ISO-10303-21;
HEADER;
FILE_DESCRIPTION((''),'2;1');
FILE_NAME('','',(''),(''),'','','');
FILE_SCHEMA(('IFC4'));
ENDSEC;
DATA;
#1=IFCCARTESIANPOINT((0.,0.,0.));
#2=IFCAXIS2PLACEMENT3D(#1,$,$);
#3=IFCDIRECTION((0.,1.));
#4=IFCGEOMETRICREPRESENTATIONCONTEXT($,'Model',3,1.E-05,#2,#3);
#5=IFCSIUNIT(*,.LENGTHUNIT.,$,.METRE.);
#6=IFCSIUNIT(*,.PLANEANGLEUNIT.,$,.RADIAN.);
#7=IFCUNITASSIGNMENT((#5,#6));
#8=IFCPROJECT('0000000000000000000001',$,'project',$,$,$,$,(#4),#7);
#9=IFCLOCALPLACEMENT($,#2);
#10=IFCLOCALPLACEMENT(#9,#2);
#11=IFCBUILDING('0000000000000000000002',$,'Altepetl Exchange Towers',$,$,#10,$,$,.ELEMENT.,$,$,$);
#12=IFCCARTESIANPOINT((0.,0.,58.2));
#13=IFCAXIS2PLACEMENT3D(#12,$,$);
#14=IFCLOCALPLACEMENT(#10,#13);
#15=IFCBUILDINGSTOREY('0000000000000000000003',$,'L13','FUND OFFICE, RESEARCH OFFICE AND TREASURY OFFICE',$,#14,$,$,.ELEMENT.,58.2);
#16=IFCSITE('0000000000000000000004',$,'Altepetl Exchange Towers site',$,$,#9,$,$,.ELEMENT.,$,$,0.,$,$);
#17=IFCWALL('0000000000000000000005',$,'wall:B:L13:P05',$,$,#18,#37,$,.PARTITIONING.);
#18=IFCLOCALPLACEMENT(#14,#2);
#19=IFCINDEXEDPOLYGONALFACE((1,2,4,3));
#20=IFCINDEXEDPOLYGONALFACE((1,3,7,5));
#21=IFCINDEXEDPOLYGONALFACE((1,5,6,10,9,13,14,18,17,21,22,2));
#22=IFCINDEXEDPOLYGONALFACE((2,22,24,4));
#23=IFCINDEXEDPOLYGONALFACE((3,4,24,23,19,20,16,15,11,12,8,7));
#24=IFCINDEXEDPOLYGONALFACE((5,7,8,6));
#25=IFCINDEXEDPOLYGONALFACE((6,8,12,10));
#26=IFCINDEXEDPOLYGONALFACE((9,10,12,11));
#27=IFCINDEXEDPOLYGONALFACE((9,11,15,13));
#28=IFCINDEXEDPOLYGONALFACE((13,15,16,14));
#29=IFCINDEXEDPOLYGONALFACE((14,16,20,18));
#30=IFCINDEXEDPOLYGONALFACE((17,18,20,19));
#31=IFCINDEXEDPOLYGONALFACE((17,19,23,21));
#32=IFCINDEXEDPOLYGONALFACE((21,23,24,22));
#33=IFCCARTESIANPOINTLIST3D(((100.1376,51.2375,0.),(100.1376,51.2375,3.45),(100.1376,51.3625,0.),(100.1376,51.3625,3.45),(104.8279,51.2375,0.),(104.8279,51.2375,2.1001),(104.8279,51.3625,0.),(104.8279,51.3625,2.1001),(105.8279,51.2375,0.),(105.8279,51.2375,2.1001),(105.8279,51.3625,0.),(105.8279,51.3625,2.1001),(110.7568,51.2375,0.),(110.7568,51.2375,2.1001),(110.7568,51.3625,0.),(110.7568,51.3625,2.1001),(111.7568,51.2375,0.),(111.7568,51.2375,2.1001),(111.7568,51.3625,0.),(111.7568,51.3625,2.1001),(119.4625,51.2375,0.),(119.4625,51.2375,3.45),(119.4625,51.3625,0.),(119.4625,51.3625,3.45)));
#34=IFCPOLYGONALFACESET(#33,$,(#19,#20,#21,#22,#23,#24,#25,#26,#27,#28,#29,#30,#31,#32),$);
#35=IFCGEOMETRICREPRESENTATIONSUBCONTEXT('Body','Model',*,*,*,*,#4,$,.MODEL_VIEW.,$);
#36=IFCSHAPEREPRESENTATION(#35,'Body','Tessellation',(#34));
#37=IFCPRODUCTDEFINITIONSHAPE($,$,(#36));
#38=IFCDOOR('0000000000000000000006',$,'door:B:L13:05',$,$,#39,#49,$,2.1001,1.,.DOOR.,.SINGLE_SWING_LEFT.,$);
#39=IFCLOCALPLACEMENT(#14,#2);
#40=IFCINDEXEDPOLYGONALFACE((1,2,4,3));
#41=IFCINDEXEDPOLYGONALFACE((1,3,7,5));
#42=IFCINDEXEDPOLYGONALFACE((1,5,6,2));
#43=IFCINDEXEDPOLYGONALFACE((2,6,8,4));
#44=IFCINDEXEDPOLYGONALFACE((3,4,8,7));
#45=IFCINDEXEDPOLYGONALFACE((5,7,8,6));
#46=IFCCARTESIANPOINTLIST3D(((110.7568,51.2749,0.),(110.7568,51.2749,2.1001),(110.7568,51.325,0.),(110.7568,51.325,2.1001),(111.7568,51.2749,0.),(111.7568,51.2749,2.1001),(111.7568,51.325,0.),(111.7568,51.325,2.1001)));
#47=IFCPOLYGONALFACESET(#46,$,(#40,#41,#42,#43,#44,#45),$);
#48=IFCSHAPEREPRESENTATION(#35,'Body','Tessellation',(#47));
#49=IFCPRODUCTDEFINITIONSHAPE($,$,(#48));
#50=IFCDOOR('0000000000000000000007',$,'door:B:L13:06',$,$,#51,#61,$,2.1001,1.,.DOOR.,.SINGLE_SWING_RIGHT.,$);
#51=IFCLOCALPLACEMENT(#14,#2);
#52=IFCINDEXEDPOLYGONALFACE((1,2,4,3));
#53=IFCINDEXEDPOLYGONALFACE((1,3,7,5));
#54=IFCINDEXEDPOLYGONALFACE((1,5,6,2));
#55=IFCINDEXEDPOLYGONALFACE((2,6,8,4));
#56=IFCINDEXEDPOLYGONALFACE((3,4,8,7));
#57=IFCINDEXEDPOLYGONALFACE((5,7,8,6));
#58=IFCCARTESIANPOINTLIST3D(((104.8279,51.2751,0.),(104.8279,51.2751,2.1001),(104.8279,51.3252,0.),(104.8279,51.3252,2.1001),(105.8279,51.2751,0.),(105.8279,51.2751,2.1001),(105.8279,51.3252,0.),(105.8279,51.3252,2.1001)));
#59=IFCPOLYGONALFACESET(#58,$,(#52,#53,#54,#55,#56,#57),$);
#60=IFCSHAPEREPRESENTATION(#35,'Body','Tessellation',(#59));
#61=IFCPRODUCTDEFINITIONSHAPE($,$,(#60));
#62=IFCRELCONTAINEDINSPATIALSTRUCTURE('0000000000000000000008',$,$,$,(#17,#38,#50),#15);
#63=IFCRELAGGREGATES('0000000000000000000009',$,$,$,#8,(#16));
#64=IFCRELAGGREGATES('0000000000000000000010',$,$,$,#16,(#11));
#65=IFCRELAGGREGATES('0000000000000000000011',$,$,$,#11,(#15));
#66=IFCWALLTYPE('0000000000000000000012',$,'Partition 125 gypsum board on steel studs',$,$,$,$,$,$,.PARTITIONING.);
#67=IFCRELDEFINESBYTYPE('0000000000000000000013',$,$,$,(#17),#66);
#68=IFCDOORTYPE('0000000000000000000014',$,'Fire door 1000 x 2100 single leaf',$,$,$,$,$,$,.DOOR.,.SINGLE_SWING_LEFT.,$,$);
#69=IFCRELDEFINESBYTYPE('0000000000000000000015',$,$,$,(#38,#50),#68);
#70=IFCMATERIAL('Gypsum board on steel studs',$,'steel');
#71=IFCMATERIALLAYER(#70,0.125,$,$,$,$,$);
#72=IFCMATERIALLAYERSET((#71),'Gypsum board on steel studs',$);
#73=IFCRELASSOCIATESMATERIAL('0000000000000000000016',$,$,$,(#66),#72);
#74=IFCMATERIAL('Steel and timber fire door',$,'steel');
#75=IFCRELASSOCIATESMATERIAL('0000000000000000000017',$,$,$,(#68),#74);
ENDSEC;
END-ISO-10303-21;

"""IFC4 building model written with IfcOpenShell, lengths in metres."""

from ifc_helpers import new_model, si_unit, direction, frame, frame_2d, origin, place, context, subcontext, project, spatial, rectangle, extrude, material, layer, layer_set, type_object, element, fill, save


model = new_model("IFC4")

# Units and contexts
model_context = context("Model", 3, precision=1e-05, world=origin(), true_north=direction((0.0, 1.0)))
body_context = subcontext(model_context, "Body", "Model", "MODEL_VIEW")
ifc_project = project(units=[si_unit("LENGTHUNIT", "METRE"), si_unit("PLANEANGLEUNIT", "RADIAN")], contexts=[model_context])

# Site, building, storey
site_placement = place(None, origin())
site = spatial("IfcSite", under=ifc_project, at=site_placement, Name="Altepetl Exchange Towers site", CompositionType="ELEMENT", RefElevation=0.0)
building_placement = place(site_placement, origin())
building = spatial("IfcBuilding", under=site, at=building_placement, Name="Altepetl Exchange Towers", CompositionType="ELEMENT")
storey_placement = place(building_placement, frame((0.0, 0.0, 58.2)))
storey = spatial("IfcBuildingStorey", under=building, at=storey_placement, Name="L13", Description="FUND OFFICE, RESEARCH OFFICE AND TREASURY OFFICE", CompositionType="ELEMENT", Elevation=58.2)

# Wall, openings, doors
ifc_material_1 = material(Name="Gypsum board on steel studs", Category="steel")
ifc_layer_1 = layer(ifc_material_1, 0.125)
ifc_layer_set_1 = layer_set([ifc_layer_1], Name="Gypsum board on steel studs")
wall_type = type_object("IfcWallType", Name="Partition 125 gypsum board on steel studs", PredefinedType="PARTITIONING", material=ifc_layer_set_1)
wall_placement = place(storey_placement, frame((100.1375, 51.3, 0.0)))
wall = element("IfcWall", 1, at=wall_placement, inside=storey, type_object=wall_type, Name="wall:B:L13:P05", PredefinedType="PARTITIONING", context=body_context, shape_type="SweptSolid", body=[
    extrude(rectangle(XDim=19.325, YDim=0.125, at=frame_2d((9.6626, 0.0))), origin(), (0.0, 0.0, 1.0), 3.45),
])
opening_1_placement = place(wall_placement, frame((10.6194, 0.0, 0.0)))
opening_1 = element("IfcOpeningElement", 2, at=opening_1_placement, cuts=wall, PredefinedType="OPENING", context=body_context, shape_type="SweptSolid", body=[
    extrude(rectangle(XDim=1.0, YDim=2.1001, at=frame_2d((0.5, 1.05))), frame((0.0, 0.0725, 0.0), z_axis=(0.0, -1.0, 0.0), x_axis=(1.0, 0.0, 0.0)), (0.0, 0.0, 1.0), 0.145),
])
opening_2_placement = place(wall_placement, frame((4.6904, 0.0, 0.0)))
opening_2 = element("IfcOpeningElement", 3, at=opening_2_placement, cuts=wall, PredefinedType="OPENING", context=body_context, shape_type="SweptSolid", body=[
    extrude(rectangle(XDim=1.0, YDim=2.1001, at=frame_2d((0.5, 1.05))), frame((0.0, 0.0725, 0.0), z_axis=(0.0, -1.0, 0.0), x_axis=(1.0, 0.0, 0.0)), (0.0, 0.0, 1.0), 0.145),
])
ifc_material_2 = material(Name="Steel and timber fire door", Category="steel")
door_type = type_object("IfcDoorType", Name="Fire door 1000 x 2100 single leaf", OperationType="SINGLE_SWING_LEFT", PredefinedType="DOOR", material=ifc_material_2)
door_1_placement = place(opening_1_placement, origin())
door_1 = element("IfcDoor", 4, at=door_1_placement, inside=storey, type_object=door_type, Name="door:B:L13:05", OperationType="SINGLE_SWING_LEFT", OverallHeight=2.1001, OverallWidth=1.0, PredefinedType="DOOR", context=body_context, shape_type="SweptSolid", body=[
    extrude(rectangle(XDim=1.0, YDim=2.1001, at=frame_2d((0.5, 1.05))), frame((0.0, 0.0249, 0.0), z_axis=(0.0, -1.0, 0.0), x_axis=(1.0, 0.0, 0.0)), (0.0, 0.0, 1.0), 0.05),
])
fill(opening_1, door_1)
door_2_placement = place(opening_2_placement, frame((1.0, 0.0, 0.0), x_axis=(-1.0, 0.0, 0.0)))
door_2 = element("IfcDoor", 5, at=door_2_placement, inside=storey, type_object=door_type, Name="door:B:L13:06", OperationType="SINGLE_SWING_RIGHT", OverallHeight=2.1001, OverallWidth=1.0, PredefinedType="DOOR", context=body_context, shape_type="SweptSolid", body=[
    extrude(rectangle(XDim=1.0, YDim=2.1001, at=frame_2d((0.5, 1.05))), frame((0.0, 0.0249, 0.0), z_axis=(0.0, -1.0, 0.0), x_axis=(1.0, 0.0, 0.0)), (0.0, 0.0, 1.0), 0.05),
])
fill(opening_2, door_2)

save(model, "model.ifc")
